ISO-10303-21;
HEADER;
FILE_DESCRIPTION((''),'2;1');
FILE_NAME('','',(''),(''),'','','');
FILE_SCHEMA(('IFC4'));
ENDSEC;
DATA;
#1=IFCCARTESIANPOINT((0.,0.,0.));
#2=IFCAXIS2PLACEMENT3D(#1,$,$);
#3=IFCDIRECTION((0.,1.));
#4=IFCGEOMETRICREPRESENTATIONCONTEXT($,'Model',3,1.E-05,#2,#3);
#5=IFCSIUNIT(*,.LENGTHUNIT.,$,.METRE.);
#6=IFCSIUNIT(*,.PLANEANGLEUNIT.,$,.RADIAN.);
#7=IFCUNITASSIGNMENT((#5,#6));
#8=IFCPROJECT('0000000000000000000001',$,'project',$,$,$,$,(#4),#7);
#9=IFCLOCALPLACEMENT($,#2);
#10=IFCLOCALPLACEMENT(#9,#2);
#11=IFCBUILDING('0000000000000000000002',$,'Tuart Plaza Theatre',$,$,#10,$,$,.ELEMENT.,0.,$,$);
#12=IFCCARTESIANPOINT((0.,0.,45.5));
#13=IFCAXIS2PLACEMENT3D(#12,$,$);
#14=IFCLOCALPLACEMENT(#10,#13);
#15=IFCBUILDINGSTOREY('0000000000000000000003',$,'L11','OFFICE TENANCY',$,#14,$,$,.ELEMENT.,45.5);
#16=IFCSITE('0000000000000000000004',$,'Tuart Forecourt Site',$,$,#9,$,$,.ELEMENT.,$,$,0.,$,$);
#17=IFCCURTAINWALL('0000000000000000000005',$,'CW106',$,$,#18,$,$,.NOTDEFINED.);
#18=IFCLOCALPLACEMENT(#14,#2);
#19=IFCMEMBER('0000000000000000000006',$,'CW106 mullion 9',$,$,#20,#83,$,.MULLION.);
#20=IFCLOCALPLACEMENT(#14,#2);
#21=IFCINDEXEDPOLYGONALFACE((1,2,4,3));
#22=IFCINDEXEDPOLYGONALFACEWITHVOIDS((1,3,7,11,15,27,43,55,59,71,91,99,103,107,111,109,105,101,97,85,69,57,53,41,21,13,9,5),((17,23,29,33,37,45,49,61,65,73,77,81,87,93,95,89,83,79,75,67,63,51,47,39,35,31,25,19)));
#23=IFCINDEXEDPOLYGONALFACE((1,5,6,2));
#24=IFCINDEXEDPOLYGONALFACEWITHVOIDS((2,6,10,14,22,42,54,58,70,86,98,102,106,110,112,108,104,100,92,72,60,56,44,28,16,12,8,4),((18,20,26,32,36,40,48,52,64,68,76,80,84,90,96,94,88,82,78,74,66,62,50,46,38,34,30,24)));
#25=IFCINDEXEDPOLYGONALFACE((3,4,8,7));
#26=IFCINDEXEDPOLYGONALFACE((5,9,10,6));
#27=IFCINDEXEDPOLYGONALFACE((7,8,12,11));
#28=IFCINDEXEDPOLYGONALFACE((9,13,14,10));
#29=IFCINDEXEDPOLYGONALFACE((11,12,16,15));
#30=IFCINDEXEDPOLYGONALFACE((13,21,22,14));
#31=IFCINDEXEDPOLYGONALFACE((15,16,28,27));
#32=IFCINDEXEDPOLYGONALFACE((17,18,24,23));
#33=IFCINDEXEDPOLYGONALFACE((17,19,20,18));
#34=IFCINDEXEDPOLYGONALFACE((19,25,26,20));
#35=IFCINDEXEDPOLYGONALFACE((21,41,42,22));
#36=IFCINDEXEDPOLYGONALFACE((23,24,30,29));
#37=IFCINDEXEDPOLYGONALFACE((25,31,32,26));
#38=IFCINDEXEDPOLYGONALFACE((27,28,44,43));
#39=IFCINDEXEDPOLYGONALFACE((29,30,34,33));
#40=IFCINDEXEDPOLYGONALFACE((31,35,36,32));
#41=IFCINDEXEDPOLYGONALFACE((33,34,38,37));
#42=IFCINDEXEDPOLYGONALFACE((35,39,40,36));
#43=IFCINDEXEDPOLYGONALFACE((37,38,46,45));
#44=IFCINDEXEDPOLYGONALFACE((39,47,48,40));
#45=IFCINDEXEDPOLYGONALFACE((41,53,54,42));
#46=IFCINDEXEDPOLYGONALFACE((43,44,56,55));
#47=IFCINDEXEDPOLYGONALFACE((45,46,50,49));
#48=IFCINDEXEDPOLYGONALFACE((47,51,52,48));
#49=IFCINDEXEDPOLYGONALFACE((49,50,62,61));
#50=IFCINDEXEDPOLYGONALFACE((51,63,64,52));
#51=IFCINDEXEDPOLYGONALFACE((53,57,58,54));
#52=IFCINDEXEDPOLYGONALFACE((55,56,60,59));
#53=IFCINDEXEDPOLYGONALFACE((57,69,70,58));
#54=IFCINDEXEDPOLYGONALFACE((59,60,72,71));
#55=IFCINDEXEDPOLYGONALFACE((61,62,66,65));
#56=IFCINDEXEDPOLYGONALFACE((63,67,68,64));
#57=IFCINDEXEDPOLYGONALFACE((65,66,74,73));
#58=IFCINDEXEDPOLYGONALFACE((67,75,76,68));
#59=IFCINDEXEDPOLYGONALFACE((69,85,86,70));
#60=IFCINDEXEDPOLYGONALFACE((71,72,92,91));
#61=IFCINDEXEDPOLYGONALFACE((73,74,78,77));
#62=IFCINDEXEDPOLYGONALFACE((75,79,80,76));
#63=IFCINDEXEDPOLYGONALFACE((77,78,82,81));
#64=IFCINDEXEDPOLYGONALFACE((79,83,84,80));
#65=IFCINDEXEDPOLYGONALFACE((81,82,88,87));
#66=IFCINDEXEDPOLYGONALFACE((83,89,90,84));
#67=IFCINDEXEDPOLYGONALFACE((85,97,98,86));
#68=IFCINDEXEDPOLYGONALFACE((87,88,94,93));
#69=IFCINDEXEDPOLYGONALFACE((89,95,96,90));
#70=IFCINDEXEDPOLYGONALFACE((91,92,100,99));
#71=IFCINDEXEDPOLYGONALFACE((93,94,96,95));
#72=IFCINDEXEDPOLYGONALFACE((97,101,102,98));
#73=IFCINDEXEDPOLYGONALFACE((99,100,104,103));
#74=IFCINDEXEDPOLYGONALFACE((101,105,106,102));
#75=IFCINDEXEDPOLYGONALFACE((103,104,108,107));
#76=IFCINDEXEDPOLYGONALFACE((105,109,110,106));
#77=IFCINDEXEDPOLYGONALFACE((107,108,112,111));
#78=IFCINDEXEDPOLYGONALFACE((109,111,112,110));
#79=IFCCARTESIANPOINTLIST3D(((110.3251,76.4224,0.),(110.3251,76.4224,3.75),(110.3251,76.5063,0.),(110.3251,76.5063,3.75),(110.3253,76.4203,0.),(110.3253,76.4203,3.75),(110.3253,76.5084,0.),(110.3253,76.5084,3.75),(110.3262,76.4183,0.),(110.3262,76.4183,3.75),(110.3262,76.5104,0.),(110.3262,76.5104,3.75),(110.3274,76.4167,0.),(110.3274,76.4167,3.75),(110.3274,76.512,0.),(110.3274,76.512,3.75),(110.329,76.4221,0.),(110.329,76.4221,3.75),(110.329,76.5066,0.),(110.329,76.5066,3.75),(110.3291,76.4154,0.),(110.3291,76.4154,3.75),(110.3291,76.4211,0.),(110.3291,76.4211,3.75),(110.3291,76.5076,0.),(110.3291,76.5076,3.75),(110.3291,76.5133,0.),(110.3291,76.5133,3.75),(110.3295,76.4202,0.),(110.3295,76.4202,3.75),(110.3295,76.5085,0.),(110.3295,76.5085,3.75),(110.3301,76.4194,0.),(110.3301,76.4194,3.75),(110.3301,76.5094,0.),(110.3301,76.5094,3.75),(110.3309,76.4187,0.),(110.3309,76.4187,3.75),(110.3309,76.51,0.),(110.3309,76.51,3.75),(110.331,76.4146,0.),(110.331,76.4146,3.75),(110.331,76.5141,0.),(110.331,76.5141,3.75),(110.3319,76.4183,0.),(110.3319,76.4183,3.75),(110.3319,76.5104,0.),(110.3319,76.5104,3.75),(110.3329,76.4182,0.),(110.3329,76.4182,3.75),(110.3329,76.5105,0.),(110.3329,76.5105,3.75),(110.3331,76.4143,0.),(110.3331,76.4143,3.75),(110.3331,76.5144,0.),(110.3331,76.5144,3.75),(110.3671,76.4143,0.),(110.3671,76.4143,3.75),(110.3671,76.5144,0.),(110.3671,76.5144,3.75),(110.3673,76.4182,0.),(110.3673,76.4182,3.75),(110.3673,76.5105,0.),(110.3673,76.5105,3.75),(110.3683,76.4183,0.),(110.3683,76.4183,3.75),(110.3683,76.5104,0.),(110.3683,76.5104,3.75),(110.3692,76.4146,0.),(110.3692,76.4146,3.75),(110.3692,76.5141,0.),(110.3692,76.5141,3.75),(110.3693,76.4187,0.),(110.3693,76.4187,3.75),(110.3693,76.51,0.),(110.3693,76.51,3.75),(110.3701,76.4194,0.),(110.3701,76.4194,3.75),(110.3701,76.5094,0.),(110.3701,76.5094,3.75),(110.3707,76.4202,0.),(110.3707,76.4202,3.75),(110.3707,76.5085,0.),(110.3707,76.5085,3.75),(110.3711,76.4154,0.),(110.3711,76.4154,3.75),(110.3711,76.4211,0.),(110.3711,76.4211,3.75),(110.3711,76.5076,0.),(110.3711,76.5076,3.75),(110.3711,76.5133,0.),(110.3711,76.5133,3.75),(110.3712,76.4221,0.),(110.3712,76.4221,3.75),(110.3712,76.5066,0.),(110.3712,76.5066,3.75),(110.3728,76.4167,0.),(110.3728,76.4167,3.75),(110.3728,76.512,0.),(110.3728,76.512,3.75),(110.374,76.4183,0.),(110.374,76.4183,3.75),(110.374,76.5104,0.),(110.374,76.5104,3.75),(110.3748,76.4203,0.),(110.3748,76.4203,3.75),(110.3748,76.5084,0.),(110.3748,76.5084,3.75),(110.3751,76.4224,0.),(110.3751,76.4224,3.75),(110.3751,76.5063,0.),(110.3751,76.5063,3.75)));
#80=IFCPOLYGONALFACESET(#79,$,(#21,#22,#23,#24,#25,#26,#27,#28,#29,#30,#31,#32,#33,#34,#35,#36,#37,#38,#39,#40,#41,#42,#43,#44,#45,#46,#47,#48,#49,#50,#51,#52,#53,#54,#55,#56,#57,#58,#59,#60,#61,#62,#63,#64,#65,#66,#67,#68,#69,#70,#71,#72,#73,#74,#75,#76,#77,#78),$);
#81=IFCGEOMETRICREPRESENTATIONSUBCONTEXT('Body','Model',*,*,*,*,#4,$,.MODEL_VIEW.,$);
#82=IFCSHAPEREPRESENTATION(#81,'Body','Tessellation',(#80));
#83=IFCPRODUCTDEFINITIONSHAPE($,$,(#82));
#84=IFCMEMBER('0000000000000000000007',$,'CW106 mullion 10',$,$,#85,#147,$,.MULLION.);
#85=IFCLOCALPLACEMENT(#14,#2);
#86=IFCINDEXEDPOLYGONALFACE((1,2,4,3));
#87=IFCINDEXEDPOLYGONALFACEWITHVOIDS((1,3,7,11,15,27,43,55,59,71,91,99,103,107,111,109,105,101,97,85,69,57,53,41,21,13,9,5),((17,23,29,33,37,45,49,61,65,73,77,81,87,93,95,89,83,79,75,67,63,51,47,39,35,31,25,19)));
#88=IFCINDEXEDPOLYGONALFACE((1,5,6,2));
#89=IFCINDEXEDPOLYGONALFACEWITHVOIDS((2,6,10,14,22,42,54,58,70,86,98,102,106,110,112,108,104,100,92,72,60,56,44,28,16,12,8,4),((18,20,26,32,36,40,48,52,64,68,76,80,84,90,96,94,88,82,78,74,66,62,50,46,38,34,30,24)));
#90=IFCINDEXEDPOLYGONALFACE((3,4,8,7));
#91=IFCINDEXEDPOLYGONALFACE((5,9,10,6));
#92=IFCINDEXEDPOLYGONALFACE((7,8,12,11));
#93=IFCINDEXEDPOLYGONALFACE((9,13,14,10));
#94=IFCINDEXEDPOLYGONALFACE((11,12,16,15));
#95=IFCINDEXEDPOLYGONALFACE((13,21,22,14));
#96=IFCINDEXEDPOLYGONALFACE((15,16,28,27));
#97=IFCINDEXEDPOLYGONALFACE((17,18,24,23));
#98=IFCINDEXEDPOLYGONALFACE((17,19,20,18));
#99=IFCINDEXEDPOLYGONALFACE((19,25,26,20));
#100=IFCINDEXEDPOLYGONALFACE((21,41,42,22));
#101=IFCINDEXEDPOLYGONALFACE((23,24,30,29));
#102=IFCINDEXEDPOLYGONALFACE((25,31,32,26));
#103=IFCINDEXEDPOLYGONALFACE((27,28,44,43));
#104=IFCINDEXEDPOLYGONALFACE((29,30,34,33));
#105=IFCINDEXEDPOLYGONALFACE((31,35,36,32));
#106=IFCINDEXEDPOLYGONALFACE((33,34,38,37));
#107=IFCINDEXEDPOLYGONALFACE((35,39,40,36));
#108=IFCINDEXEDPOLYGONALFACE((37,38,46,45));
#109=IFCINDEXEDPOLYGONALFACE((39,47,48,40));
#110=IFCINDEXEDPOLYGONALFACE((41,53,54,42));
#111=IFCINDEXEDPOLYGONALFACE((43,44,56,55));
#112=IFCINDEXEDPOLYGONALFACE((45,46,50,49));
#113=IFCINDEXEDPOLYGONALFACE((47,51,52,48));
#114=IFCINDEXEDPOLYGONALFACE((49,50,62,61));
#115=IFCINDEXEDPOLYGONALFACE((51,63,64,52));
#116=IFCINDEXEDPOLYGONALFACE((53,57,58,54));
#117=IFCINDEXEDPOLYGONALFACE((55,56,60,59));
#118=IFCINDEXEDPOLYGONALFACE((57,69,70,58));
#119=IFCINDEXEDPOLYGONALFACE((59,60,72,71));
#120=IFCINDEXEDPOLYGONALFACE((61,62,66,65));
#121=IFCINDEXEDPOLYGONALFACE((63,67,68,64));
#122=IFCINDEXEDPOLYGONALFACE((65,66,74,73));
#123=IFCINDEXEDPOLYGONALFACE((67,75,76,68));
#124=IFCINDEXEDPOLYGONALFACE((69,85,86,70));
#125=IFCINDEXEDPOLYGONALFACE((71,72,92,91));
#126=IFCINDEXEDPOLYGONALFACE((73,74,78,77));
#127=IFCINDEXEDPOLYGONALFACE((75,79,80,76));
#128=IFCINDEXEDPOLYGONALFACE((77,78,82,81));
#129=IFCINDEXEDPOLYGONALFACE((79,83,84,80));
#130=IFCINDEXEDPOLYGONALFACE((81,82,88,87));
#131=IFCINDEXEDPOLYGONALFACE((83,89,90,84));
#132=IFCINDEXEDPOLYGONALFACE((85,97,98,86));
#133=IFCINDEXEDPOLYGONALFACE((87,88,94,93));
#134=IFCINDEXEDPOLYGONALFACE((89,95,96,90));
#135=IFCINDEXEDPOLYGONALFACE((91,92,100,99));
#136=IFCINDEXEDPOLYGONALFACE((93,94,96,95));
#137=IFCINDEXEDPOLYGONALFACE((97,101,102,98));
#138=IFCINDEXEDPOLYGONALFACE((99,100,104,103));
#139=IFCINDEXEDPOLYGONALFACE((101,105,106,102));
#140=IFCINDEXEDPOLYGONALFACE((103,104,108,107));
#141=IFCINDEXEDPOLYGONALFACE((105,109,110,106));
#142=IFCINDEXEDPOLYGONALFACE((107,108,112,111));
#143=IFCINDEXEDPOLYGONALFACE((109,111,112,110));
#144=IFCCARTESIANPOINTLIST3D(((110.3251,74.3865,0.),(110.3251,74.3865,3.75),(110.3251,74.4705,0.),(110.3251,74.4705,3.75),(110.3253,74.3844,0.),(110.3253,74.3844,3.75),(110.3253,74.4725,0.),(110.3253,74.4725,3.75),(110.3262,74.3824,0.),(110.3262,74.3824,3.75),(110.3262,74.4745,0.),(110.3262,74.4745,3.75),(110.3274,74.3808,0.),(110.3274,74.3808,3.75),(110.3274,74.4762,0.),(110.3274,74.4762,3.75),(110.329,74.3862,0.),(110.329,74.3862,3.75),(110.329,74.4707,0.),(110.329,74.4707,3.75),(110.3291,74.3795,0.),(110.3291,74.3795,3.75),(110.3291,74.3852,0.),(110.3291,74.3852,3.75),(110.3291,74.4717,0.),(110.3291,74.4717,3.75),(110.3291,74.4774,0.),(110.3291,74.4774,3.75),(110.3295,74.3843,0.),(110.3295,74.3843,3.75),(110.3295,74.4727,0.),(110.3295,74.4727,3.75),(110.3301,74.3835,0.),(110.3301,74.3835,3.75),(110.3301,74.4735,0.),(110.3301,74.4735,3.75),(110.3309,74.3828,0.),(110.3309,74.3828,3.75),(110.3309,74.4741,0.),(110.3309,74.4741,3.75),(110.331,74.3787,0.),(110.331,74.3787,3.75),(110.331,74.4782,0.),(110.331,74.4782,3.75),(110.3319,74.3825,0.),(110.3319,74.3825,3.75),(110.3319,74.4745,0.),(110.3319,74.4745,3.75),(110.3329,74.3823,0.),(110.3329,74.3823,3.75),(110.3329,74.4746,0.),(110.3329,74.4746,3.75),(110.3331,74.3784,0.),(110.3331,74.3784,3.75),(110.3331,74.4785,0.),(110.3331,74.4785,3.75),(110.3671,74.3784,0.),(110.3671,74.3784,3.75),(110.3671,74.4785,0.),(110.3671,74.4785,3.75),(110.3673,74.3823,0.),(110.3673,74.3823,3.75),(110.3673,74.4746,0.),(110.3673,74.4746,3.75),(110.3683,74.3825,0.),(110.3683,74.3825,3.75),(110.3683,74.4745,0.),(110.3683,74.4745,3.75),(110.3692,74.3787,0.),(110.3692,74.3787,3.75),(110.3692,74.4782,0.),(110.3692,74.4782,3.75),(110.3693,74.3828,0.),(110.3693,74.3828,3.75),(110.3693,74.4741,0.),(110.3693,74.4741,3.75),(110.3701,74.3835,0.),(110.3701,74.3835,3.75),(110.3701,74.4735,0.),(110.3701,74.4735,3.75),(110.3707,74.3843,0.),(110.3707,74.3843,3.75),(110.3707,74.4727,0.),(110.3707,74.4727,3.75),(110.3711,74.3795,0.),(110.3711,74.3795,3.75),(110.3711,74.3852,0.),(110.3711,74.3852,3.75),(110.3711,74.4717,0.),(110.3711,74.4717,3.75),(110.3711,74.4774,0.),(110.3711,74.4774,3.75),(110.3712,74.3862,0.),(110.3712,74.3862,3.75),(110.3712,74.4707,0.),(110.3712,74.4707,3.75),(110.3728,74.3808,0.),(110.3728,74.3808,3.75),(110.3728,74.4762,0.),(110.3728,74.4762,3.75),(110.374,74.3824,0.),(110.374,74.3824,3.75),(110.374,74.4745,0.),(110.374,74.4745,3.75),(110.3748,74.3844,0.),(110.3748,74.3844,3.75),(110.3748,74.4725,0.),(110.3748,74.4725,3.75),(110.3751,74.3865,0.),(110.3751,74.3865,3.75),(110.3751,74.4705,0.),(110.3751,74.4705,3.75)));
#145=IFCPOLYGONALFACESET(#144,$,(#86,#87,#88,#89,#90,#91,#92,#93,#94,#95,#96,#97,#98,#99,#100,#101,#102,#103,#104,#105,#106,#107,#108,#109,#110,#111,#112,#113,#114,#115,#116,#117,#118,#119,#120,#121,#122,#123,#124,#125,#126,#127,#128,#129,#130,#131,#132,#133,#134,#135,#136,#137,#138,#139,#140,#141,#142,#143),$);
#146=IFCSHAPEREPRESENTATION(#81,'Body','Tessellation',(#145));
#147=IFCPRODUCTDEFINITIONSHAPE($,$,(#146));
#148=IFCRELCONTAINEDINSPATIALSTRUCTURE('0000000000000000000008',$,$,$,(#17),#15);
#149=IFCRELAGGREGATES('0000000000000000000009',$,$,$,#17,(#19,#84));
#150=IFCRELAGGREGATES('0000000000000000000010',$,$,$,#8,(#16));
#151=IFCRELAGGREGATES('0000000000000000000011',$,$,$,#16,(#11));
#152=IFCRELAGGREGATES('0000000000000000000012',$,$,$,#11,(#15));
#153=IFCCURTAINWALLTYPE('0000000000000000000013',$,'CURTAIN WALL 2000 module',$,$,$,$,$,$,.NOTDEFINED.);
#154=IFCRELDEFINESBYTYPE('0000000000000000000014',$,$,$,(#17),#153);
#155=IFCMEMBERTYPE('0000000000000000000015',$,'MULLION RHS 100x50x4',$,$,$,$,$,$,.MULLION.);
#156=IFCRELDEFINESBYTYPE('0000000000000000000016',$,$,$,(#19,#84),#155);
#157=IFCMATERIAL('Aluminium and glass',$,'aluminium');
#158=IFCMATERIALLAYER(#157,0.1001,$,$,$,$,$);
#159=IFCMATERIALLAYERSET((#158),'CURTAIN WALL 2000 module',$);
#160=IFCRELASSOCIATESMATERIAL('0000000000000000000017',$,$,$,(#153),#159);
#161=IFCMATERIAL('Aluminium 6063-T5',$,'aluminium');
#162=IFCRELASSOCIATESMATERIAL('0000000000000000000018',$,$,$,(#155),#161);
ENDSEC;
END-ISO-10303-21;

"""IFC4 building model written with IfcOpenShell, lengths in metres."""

from ifc_helpers import new_model, si_unit, direction, frame, origin, origin_2d, place, context, subcontext, project, spatial, hollow_rectangle, extrude, material, layer, layer_set, material_profile, profile_set, type_object, element, aggregate, save


model = new_model("IFC4")

# Units and contexts
model_context = context("Model", 3, precision=1e-05, world=origin(), true_north=direction((0.0, 1.0)))
body_context = subcontext(model_context, "Body", "Model", "MODEL_VIEW")
ifc_project = project(units=[si_unit("LENGTHUNIT", "METRE"), si_unit("PLANEANGLEUNIT", "RADIAN")], contexts=[model_context])

# Site, building, storey
site_placement = place(None, origin())
site = spatial("IfcSite", under=ifc_project, at=site_placement, Name="Tuart Forecourt Site", CompositionType="ELEMENT", RefElevation=0.0)
building_placement = place(site_placement, origin())
building = spatial("IfcBuilding", under=site, at=building_placement, Name="Tuart Plaza Theatre", CompositionType="ELEMENT", ElevationOfRefHeight=0.0)
storey_placement = place(building_placement, frame((0.0, 0.0, 45.5)))
storey = spatial("IfcBuildingStorey", under=building, at=storey_placement, Name="L11", Description="OFFICE TENANCY", CompositionType="ELEMENT", Elevation=45.5)

# Curtain wall, members
ifc_material_1 = material(Name="Aluminium and glass", Category="aluminium")
ifc_layer_1 = layer(ifc_material_1, 0.1001)
ifc_layer_set_1 = layer_set([ifc_layer_1], Name="CURTAIN WALL 2000 module")
curtain_wall_type = type_object("IfcCurtainWallType", Name="CURTAIN WALL 2000 module", PredefinedType="NOTDEFINED", material=ifc_layer_set_1)
curtain_wall_placement = place(storey_placement, origin())
curtain_wall = element("IfcCurtainWall", 1, at=curtain_wall_placement, inside=storey, type_object=curtain_wall_type, Name="CW106", PredefinedType="NOTDEFINED")
ifc_material_2 = material(Name="Aluminium 6063-T5", Category="aluminium")
ifc_material_profile_1 = material_profile(ifc_material_2, hollow_rectangle(XDim=0.05, YDim=0.1001, WallThickness=0.0039, InnerFilletRadius=0.0039, OuterFilletRadius=0.0081, at=origin_2d()), Name="RHS 100x50x4")
ifc_profile_set_1 = profile_set([ifc_material_profile_1], Name="Aluminium 6063-T5")
member_type_1 = type_object("IfcMemberType", Name="MULLION RHS 100x50x4", PredefinedType="MULLION", material=ifc_profile_set_1)
member_1_placement = place(storey_placement, frame((110.3501, 76.4644, 0.0), z_axis=(0.0, 0.0, 1.0), x_axis=(1.0, 0.0, 0.0)))
member_1 = element("IfcMember", 2, at=member_1_placement, type_object=member_type_1, Name="CW106 mullion 9", PredefinedType="MULLION", context=body_context, shape_type="SweptSolid", body=[
    extrude(hollow_rectangle(XDim=0.05, YDim=0.1001, WallThickness=0.0039, InnerFilletRadius=0.0039, OuterFilletRadius=0.0081, at=origin_2d()), origin(), (0.0, 0.0, 1.0), 3.75),
])
member_2_placement = place(storey_placement, frame((110.3501, 74.4285, 0.0), z_axis=(0.0, 0.0, 1.0), x_axis=(1.0, 0.0, 0.0)))
member_2 = element("IfcMember", 3, at=member_2_placement, type_object=member_type_1, Name="CW106 mullion 10", PredefinedType="MULLION", context=body_context, shape_type="SweptSolid", body=[
    extrude(hollow_rectangle(XDim=0.05, YDim=0.1001, WallThickness=0.0039, InnerFilletRadius=0.0039, OuterFilletRadius=0.0081, at=origin_2d()), origin(), (0.0, 0.0, 1.0), 3.75),
])
aggregate(curtain_wall, [member_1, member_2])

save(model, "model.ifc")
